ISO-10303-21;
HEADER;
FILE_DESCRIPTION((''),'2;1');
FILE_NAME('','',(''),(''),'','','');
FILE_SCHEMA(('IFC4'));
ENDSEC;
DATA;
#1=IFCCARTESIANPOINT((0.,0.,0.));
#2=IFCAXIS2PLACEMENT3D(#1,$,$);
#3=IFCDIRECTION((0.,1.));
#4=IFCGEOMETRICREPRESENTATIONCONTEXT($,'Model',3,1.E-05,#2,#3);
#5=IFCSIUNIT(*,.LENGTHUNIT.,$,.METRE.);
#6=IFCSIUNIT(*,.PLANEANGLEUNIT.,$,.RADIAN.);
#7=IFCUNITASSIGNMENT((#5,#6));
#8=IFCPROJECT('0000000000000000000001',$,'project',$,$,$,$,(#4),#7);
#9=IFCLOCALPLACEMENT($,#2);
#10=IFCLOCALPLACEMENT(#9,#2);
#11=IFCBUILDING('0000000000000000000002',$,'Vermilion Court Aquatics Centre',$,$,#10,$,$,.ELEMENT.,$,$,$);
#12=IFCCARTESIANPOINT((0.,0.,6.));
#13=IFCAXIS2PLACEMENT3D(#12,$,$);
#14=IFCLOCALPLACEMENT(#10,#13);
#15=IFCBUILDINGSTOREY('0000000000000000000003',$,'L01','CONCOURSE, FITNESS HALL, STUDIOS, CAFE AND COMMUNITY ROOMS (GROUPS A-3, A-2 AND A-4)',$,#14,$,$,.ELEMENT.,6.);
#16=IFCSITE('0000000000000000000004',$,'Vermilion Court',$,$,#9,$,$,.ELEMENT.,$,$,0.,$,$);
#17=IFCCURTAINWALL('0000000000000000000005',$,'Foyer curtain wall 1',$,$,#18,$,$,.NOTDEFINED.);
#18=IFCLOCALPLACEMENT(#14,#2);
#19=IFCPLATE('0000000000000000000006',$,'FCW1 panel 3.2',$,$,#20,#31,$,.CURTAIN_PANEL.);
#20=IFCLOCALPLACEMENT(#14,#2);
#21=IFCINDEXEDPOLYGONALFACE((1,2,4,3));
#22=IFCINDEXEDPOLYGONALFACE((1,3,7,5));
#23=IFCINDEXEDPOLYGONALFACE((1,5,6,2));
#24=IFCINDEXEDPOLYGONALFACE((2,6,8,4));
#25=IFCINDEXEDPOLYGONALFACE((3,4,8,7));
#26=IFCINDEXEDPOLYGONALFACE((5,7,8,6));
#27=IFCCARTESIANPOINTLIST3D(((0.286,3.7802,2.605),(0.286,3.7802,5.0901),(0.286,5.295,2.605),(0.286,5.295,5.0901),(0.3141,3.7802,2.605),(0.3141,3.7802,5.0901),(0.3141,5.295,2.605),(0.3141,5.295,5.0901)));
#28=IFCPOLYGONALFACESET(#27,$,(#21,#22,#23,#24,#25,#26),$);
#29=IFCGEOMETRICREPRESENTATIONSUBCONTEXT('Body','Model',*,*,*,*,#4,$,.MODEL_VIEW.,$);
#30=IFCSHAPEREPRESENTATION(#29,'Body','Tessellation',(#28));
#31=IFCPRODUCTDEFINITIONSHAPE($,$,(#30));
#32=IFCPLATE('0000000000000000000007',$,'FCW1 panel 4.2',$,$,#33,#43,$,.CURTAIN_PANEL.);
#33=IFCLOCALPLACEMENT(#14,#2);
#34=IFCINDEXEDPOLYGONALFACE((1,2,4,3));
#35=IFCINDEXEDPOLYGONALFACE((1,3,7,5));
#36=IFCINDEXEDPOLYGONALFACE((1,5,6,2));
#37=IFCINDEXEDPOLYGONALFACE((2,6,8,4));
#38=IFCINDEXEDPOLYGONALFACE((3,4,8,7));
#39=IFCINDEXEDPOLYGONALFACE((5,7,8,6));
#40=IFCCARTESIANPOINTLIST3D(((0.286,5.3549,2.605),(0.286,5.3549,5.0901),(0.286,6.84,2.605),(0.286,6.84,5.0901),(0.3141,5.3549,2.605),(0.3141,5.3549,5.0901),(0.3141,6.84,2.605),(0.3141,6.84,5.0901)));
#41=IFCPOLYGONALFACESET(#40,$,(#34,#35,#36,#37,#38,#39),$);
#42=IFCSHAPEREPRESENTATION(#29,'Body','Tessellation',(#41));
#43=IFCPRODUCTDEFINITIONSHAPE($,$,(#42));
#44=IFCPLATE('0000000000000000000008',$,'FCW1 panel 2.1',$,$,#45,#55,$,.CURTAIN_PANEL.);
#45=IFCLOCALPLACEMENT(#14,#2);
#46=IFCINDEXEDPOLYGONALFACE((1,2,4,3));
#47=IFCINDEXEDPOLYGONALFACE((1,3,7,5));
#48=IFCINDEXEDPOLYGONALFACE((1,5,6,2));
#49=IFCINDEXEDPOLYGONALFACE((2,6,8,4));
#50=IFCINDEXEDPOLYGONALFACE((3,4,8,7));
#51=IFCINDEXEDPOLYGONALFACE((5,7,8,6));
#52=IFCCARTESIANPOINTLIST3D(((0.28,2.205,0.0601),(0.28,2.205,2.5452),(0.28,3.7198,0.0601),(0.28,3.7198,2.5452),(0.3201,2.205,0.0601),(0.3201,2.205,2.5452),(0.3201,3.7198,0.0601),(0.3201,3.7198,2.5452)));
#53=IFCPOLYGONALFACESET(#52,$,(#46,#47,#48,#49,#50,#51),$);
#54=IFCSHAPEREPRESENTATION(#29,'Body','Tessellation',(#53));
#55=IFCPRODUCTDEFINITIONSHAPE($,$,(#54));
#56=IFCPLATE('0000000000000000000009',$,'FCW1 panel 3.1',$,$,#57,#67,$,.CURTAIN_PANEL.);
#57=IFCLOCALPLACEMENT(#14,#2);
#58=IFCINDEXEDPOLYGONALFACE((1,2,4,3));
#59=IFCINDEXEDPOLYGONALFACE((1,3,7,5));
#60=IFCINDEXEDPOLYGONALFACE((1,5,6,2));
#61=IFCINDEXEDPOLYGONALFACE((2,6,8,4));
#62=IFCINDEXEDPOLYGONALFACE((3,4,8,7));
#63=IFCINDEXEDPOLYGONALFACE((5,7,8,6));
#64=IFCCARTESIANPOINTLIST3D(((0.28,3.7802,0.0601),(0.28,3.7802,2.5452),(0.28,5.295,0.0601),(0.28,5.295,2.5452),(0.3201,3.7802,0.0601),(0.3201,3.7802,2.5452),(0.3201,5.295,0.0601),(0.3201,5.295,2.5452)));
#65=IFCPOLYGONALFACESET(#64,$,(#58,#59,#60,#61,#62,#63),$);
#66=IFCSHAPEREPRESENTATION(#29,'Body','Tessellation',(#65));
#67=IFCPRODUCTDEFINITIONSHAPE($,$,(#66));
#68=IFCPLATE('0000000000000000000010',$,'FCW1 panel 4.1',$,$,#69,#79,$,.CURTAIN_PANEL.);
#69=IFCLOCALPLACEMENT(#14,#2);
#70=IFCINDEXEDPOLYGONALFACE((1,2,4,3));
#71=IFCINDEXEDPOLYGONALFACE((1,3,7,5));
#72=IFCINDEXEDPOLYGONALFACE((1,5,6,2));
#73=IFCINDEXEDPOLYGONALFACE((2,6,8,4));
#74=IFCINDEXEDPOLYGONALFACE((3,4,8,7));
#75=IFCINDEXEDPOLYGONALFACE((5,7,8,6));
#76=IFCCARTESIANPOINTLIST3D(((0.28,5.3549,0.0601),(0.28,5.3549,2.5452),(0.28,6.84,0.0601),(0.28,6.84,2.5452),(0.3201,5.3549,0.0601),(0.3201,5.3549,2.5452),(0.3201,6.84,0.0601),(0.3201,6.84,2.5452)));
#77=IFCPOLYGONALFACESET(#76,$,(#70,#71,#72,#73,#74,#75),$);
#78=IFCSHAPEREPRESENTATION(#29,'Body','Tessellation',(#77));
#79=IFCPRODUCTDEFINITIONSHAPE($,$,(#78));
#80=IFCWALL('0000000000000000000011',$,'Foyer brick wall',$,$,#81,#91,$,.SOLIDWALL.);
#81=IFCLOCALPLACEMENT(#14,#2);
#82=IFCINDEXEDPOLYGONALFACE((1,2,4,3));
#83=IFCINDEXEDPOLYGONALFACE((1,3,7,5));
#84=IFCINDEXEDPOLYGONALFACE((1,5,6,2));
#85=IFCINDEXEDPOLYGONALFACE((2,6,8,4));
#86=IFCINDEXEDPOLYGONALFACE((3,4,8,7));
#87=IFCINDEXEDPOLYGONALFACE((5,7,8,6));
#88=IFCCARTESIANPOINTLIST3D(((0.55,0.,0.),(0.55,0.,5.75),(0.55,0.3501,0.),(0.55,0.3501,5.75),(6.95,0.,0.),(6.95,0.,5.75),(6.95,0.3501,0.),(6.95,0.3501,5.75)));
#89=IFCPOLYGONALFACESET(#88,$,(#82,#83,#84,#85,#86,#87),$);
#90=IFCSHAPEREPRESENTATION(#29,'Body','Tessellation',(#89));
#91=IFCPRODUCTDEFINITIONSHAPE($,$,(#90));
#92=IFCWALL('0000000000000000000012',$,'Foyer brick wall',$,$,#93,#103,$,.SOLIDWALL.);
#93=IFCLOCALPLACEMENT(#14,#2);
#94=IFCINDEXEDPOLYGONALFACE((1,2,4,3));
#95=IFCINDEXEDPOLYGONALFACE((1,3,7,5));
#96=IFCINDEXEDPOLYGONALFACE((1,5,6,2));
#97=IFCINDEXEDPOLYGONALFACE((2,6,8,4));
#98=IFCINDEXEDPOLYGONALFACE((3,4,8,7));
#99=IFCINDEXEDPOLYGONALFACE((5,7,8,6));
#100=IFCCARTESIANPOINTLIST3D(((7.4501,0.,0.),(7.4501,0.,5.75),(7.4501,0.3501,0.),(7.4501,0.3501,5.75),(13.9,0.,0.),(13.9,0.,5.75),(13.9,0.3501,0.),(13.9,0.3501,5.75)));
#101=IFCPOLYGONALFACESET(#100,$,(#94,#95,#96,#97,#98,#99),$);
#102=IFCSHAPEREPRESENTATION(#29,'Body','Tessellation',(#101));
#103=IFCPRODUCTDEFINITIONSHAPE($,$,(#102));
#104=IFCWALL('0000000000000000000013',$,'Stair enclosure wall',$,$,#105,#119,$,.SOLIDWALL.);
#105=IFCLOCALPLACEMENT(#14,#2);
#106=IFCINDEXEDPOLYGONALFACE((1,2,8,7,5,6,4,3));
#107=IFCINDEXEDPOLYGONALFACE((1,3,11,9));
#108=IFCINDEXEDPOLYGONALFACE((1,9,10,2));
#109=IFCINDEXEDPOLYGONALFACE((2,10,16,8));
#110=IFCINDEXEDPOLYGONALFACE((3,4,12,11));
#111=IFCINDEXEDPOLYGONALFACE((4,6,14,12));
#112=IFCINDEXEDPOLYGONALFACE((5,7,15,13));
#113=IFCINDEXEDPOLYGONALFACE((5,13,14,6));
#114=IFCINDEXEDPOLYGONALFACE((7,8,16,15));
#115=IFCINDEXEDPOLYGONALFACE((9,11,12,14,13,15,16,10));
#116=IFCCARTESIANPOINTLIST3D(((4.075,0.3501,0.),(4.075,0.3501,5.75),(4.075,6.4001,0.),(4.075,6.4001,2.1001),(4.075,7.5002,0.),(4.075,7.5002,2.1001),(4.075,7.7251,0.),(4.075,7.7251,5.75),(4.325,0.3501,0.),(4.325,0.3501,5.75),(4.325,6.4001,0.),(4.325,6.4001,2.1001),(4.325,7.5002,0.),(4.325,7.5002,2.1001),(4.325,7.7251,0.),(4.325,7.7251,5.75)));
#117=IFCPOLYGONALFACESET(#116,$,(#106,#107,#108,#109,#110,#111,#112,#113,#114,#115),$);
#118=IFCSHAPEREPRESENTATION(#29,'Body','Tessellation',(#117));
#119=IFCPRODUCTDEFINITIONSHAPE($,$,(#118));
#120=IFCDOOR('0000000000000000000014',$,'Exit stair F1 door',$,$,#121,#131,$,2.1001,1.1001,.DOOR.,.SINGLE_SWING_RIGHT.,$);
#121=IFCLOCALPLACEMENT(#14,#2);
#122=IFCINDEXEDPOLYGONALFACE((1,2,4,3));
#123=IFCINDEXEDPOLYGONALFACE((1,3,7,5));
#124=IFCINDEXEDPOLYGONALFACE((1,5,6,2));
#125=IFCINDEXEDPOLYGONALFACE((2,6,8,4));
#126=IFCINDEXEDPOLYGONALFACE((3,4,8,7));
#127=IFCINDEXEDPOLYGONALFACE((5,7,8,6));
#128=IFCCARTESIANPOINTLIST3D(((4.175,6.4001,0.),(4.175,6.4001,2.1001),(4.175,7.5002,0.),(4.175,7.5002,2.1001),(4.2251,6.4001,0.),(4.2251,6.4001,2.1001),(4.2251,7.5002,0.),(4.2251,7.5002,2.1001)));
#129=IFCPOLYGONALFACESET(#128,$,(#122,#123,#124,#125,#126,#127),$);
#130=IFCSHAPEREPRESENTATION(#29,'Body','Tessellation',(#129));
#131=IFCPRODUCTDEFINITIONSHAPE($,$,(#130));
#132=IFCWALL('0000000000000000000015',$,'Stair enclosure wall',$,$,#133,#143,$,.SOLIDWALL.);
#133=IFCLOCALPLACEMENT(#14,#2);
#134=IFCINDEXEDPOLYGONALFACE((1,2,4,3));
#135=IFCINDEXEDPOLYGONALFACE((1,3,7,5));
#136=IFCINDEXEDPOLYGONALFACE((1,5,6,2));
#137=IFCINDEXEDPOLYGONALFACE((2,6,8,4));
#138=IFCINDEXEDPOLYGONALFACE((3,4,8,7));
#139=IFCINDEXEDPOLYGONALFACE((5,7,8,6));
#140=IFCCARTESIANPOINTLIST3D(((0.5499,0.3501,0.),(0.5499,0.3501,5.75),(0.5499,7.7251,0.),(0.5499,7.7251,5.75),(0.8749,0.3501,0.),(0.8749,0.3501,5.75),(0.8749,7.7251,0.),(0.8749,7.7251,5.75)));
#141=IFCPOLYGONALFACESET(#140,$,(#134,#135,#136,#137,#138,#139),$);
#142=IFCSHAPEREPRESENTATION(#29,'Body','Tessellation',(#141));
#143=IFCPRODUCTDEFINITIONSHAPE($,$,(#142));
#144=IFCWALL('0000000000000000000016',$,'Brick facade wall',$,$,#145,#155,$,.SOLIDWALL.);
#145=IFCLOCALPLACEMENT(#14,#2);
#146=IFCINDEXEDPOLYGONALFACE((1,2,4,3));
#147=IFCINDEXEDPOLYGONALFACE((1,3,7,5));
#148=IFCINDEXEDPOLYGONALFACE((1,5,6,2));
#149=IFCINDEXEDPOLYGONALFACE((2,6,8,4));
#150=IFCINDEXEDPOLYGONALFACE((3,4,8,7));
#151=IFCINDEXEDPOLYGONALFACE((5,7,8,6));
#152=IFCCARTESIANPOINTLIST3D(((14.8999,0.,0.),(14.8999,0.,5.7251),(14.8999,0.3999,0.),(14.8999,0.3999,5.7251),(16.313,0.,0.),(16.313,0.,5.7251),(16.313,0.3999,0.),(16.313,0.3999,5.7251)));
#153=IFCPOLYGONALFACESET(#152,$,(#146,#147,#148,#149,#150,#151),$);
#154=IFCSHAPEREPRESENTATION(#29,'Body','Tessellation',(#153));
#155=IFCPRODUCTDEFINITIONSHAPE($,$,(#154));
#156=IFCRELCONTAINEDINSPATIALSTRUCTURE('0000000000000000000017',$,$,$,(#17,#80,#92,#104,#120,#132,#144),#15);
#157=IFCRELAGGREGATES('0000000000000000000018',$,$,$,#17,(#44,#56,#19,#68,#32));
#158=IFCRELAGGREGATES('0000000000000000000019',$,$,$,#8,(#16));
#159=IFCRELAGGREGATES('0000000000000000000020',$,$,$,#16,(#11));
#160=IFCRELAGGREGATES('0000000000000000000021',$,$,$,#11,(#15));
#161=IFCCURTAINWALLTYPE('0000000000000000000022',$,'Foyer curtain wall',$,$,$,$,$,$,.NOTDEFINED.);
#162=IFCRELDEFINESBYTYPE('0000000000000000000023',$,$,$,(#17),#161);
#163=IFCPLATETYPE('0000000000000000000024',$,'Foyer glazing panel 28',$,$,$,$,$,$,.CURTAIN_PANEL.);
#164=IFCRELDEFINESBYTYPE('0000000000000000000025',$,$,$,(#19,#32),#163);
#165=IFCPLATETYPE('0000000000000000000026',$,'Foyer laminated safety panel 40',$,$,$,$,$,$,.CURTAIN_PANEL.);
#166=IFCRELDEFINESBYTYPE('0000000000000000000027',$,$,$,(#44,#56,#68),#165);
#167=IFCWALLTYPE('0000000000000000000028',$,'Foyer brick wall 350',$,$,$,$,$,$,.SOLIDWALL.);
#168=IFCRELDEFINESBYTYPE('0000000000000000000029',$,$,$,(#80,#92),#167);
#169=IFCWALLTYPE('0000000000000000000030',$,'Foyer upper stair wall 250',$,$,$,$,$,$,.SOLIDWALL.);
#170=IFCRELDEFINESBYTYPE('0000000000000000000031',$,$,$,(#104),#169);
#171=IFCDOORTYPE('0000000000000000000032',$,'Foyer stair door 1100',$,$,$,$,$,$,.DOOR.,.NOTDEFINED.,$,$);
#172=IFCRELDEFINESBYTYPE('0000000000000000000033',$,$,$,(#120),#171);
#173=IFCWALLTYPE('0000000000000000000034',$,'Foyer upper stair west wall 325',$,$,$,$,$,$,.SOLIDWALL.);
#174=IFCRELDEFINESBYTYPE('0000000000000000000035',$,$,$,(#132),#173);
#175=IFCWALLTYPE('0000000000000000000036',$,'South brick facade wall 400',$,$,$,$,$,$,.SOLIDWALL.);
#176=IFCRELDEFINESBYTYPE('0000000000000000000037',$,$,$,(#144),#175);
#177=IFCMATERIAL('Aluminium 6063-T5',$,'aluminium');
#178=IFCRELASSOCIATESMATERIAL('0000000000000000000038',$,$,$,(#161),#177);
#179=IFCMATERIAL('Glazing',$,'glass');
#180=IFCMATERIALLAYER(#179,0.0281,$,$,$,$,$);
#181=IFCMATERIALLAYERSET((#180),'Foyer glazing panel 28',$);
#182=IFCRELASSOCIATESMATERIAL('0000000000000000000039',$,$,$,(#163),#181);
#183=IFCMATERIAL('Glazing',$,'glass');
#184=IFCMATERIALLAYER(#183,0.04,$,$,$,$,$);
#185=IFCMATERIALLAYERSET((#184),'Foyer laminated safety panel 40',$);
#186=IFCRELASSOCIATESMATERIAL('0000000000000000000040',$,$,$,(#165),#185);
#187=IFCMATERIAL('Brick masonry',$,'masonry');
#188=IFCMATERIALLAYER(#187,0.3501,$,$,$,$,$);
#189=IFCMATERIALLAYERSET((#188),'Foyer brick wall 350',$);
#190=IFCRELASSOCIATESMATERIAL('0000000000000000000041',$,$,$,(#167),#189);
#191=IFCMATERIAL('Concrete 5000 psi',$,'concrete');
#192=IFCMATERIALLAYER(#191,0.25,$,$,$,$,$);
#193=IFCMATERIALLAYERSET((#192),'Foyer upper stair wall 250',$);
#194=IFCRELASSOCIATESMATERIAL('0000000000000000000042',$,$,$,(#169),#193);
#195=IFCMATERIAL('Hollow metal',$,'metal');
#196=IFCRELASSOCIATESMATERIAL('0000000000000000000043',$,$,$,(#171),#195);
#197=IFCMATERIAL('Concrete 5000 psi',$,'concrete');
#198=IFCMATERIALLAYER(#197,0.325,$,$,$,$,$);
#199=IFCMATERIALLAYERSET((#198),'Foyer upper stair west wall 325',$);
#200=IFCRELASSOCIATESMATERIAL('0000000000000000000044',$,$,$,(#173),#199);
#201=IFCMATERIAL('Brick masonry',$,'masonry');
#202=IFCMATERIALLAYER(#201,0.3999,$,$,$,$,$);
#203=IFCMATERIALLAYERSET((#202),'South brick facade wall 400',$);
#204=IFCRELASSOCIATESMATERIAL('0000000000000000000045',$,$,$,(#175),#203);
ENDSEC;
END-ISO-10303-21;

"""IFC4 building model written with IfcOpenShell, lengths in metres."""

from ifc_helpers import new_model, si_unit, direction, frame, frame_2d, origin, origin_2d, place, context, subcontext, project, spatial, rectangle, extrude, material, layer, layer_set, type_object, element, fill, aggregate, save


model = new_model("IFC4")

# Units and contexts
model_context = context("Model", 3, precision=1e-05, world=origin(), true_north=direction((0.0, 1.0)))
body_context = subcontext(model_context, "Body", "Model", "MODEL_VIEW")
ifc_project = project(units=[si_unit("LENGTHUNIT", "METRE"), si_unit("PLANEANGLEUNIT", "RADIAN")], contexts=[model_context])

# Site, building, storey
site_placement = place(None, origin())
site = spatial("IfcSite", under=ifc_project, at=site_placement, Name="Vermilion Court", CompositionType="ELEMENT", RefElevation=0.0)
building_placement = place(site_placement, origin())
building = spatial("IfcBuilding", under=site, at=building_placement, Name="Vermilion Court Aquatics Centre", CompositionType="ELEMENT")
storey_placement = place(building_placement, frame((0.0, 0.0, 6.0)))
storey = spatial("IfcBuildingStorey", under=building, at=storey_placement, Name="L01", Description="CONCOURSE, FITNESS HALL, STUDIOS, CAFE AND COMMUNITY ROOMS (GROUPS A-3, A-2 AND A-4)", CompositionType="ELEMENT", Elevation=6.0)

# Curtain wall
ifc_material_1 = material(Name="Aluminium 6063-T5", Category="aluminium")
curtain_wall_type = type_object("IfcCurtainWallType", Name="Foyer curtain wall", PredefinedType="NOTDEFINED", material=ifc_material_1)
curtain_wall_placement = place(storey_placement, origin())
curtain_wall = element("IfcCurtainWall", 1, at=curtain_wall_placement, inside=storey, type_object=curtain_wall_type, Name="Foyer curtain wall 1", PredefinedType="NOTDEFINED")

# Plates
ifc_material_2 = material(Name="Glazing", Category="glass")
ifc_layer_1 = layer(ifc_material_2, 0.0281)
ifc_layer_set_1 = layer_set([ifc_layer_1], Name="Foyer glazing panel 28")
plate_type_1 = type_object("IfcPlateType", Name="Foyer glazing panel 28", PredefinedType="CURTAIN_PANEL", material=ifc_layer_set_1)
plate_1_placement = place(storey_placement, frame((0.3, 4.5376, 2.605), z_axis=(0.0, 0.0, 1.0), x_axis=(0.0, 1.0, 0.0)))
plate_1 = element("IfcPlate", 2, at=plate_1_placement, type_object=plate_type_1, Name="FCW1 panel 3.2", PredefinedType="CURTAIN_PANEL", context=body_context, shape_type="SweptSolid", body=[
    extrude(rectangle(XDim=1.5149, YDim=0.0281, at=origin_2d()), origin(), (0.0, 0.0, 1.0), 2.4851),
])
plate_2_placement = place(storey_placement, frame((0.3, 6.0974, 2.605), z_axis=(0.0, 0.0, 1.0), x_axis=(0.0, 1.0, 0.0)))
plate_2 = element("IfcPlate", 3, at=plate_2_placement, type_object=plate_type_1, Name="FCW1 panel 4.2", PredefinedType="CURTAIN_PANEL", context=body_context, shape_type="SweptSolid", body=[
    extrude(rectangle(XDim=1.4851, YDim=0.0281, at=origin_2d()), origin(), (0.0, 0.0, 1.0), 2.4851),
])
ifc_material_3 = material(Name="Glazing", Category="glass")
ifc_layer_2 = layer(ifc_material_3, 0.04)
ifc_layer_set_2 = layer_set([ifc_layer_2], Name="Foyer laminated safety panel 40")
plate_type_2 = type_object("IfcPlateType", Name="Foyer laminated safety panel 40", PredefinedType="CURTAIN_PANEL", material=ifc_layer_set_2)
plate_3_placement = place(storey_placement, frame((0.3, 2.9624, 0.0601), z_axis=(0.0, 0.0, 1.0), x_axis=(0.0, 1.0, 0.0)))
plate_3 = element("IfcPlate", 4, at=plate_3_placement, type_object=plate_type_2, Name="FCW1 panel 2.1", PredefinedType="CURTAIN_PANEL", context=body_context, shape_type="SweptSolid", body=[
    extrude(rectangle(XDim=1.5149, YDim=0.04, at=origin_2d()), origin(), (0.0, 0.0, 1.0), 2.4851),
])
plate_4_placement = place(storey_placement, frame((0.3, 4.5376, 0.0601), z_axis=(0.0, 0.0, 1.0), x_axis=(0.0, 1.0, 0.0)))
plate_4 = element("IfcPlate", 5, at=plate_4_placement, type_object=plate_type_2, Name="FCW1 panel 3.1", PredefinedType="CURTAIN_PANEL", context=body_context, shape_type="SweptSolid", body=[
    extrude(rectangle(XDim=1.5149, YDim=0.04, at=origin_2d()), origin(), (0.0, 0.0, 1.0), 2.4851),
])
plate_5_placement = place(storey_placement, frame((0.3, 6.0974, 0.0601), z_axis=(0.0, 0.0, 1.0), x_axis=(0.0, 1.0, 0.0)))
plate_5 = element("IfcPlate", 6, at=plate_5_placement, type_object=plate_type_2, Name="FCW1 panel 4.1", PredefinedType="CURTAIN_PANEL", context=body_context, shape_type="SweptSolid", body=[
    extrude(rectangle(XDim=1.4851, YDim=0.04, at=origin_2d()), origin(), (0.0, 0.0, 1.0), 2.4851),
])
aggregate(curtain_wall, [plate_3, plate_4, plate_1, plate_5, plate_2])

# Walls
ifc_material_4 = material(Name="Brick masonry", Category="masonry")
ifc_layer_3 = layer(ifc_material_4, 0.3501)
ifc_layer_set_3 = layer_set([ifc_layer_3], Name="Foyer brick wall 350")
wall_type_1 = type_object("IfcWallType", Name="Foyer brick wall 350", PredefinedType="SOLIDWALL", material=ifc_layer_set_3)
wall_1_placement = place(storey_placement, frame((0.55, 0.175, 0.0), z_axis=(0.0, 0.0, 1.0), x_axis=(1.0, 0.0, 0.0)))
element("IfcWall", 7, at=wall_1_placement, inside=storey, type_object=wall_type_1, Name="Foyer brick wall", PredefinedType="SOLIDWALL", context=body_context, shape_type="SweptSolid", body=[
    extrude(rectangle(XDim=6.3999, YDim=0.3501, at=frame_2d((3.2, 0.0))), origin(), (0.0, 0.0, 1.0), 5.75),
])
wall_2_placement = place(storey_placement, frame((7.45, 0.175, 0.0), z_axis=(0.0, 0.0, 1.0), x_axis=(1.0, 0.0, 0.0)))
element("IfcWall", 8, at=wall_2_placement, inside=storey, type_object=wall_type_1, Name="Foyer brick wall", PredefinedType="SOLIDWALL", context=body_context, shape_type="SweptSolid", body=[
    extrude(rectangle(XDim=6.45, YDim=0.3501, at=frame_2d((3.2251, 0.0))), origin(), (0.0, 0.0, 1.0), 5.75),
])

# Wall, opening, door
ifc_material_5 = material(Name="Concrete 5000 psi", Category="concrete")
ifc_layer_4 = layer(ifc_material_5, 0.25)
ifc_layer_set_4 = layer_set([ifc_layer_4], Name="Foyer upper stair wall 250")
wall_type_2 = type_object("IfcWallType", Name="Foyer upper stair wall 250", PredefinedType="SOLIDWALL", material=ifc_layer_set_4)
wall_3_placement = place(storey_placement, frame((4.2, 0.3501, 0.0), z_axis=(0.0, 0.0, 1.0), x_axis=(0.0, 1.0, 0.0)))
wall_3 = element("IfcWall", 9, at=wall_3_placement, inside=storey, type_object=wall_type_2, Name="Stair enclosure wall", PredefinedType="SOLIDWALL", context=body_context, shape_type="SweptSolid", body=[
    extrude(rectangle(XDim=7.375, YDim=0.25, at=frame_2d((3.6875, 0.0))), origin(), (0.0, 0.0, 1.0), 5.75),
])
opening_1_placement = place(wall_3_placement, frame((6.05, 0.0, 0.0)))
opening_1 = element("IfcOpeningElement", 10, at=opening_1_placement, cuts=wall_3, PredefinedType="OPENING", context=body_context, shape_type="SweptSolid", body=[
    extrude(rectangle(XDim=1.1001, YDim=2.1001, at=frame_2d((0.55, 1.05))), frame((0.0, 0.135, 0.0), z_axis=(0.0, -1.0, 0.0), x_axis=(1.0, 0.0, 0.0)), (0.0, 0.0, 1.0), 0.27),
])
ifc_material_6 = material(Name="Hollow metal", Category="metal")
door_type_1 = type_object("IfcDoorType", Name="Foyer stair door 1100", OperationType="NOTDEFINED", PredefinedType="DOOR", material=ifc_material_6)
door_1_placement = place(opening_1_placement, origin())
door_1 = element("IfcDoor", 11, at=door_1_placement, inside=storey, type_object=door_type_1, Name="Exit stair F1 door", OperationType="SINGLE_SWING_RIGHT", OverallHeight=2.1001, OverallWidth=1.1001, PredefinedType="DOOR", context=body_context, shape_type="SweptSolid", body=[
    extrude(rectangle(XDim=1.1001, YDim=2.1001, at=frame_2d((0.55, 1.05))), frame((0.0, 0.0249, 0.0), z_axis=(0.0, -1.0, 0.0), x_axis=(1.0, 0.0, 0.0)), (0.0, 0.0, 1.0), 0.05),
])
fill(opening_1, door_1)

# Walls
ifc_material_7 = material(Name="Concrete 5000 psi", Category="concrete")
ifc_layer_5 = layer(ifc_material_7, 0.325)
ifc_layer_set_5 = layer_set([ifc_layer_5], Name="Foyer upper stair west wall 325")
wall_type_3 = type_object("IfcWallType", Name="Foyer upper stair west wall 325", PredefinedType="SOLIDWALL", material=ifc_layer_set_5)
wall_4_placement = place(storey_placement, frame((0.7124, 0.3501, 0.0), z_axis=(0.0, 0.0, 1.0), x_axis=(0.0, 1.0, 0.0)))
element("IfcWall", 12, at=wall_4_placement, inside=storey, type_object=wall_type_3, Name="Stair enclosure wall", PredefinedType="SOLIDWALL", context=body_context, shape_type="SweptSolid", body=[
    extrude(rectangle(XDim=7.375, YDim=0.325, at=frame_2d((3.6875, 0.0))), origin(), (0.0, 0.0, 1.0), 5.75),
])
ifc_material_8 = material(Name="Brick masonry", Category="masonry")
ifc_layer_6 = layer(ifc_material_8, 0.3999)
ifc_layer_set_6 = layer_set([ifc_layer_6], Name="South brick facade wall 400")
wall_type_4 = type_object("IfcWallType", Name="South brick facade wall 400", PredefinedType="SOLIDWALL", material=ifc_layer_set_6)
wall_5_placement = place(storey_placement, frame((14.8999, 0.2, 0.0), z_axis=(0.0, 0.0, 1.0), x_axis=(1.0, 0.0, 0.0)))
element("IfcWall", 13, at=wall_5_placement, inside=storey, type_object=wall_type_4, Name="Brick facade wall", PredefinedType="SOLIDWALL", context=body_context, shape_type="SweptSolid", body=[
    extrude(rectangle(XDim=1.4131, YDim=0.3999, at=frame_2d((0.7065, 0.0))), origin(), (0.0, 0.0, 1.0), 5.7251),
])

save(model, "model.ifc")
